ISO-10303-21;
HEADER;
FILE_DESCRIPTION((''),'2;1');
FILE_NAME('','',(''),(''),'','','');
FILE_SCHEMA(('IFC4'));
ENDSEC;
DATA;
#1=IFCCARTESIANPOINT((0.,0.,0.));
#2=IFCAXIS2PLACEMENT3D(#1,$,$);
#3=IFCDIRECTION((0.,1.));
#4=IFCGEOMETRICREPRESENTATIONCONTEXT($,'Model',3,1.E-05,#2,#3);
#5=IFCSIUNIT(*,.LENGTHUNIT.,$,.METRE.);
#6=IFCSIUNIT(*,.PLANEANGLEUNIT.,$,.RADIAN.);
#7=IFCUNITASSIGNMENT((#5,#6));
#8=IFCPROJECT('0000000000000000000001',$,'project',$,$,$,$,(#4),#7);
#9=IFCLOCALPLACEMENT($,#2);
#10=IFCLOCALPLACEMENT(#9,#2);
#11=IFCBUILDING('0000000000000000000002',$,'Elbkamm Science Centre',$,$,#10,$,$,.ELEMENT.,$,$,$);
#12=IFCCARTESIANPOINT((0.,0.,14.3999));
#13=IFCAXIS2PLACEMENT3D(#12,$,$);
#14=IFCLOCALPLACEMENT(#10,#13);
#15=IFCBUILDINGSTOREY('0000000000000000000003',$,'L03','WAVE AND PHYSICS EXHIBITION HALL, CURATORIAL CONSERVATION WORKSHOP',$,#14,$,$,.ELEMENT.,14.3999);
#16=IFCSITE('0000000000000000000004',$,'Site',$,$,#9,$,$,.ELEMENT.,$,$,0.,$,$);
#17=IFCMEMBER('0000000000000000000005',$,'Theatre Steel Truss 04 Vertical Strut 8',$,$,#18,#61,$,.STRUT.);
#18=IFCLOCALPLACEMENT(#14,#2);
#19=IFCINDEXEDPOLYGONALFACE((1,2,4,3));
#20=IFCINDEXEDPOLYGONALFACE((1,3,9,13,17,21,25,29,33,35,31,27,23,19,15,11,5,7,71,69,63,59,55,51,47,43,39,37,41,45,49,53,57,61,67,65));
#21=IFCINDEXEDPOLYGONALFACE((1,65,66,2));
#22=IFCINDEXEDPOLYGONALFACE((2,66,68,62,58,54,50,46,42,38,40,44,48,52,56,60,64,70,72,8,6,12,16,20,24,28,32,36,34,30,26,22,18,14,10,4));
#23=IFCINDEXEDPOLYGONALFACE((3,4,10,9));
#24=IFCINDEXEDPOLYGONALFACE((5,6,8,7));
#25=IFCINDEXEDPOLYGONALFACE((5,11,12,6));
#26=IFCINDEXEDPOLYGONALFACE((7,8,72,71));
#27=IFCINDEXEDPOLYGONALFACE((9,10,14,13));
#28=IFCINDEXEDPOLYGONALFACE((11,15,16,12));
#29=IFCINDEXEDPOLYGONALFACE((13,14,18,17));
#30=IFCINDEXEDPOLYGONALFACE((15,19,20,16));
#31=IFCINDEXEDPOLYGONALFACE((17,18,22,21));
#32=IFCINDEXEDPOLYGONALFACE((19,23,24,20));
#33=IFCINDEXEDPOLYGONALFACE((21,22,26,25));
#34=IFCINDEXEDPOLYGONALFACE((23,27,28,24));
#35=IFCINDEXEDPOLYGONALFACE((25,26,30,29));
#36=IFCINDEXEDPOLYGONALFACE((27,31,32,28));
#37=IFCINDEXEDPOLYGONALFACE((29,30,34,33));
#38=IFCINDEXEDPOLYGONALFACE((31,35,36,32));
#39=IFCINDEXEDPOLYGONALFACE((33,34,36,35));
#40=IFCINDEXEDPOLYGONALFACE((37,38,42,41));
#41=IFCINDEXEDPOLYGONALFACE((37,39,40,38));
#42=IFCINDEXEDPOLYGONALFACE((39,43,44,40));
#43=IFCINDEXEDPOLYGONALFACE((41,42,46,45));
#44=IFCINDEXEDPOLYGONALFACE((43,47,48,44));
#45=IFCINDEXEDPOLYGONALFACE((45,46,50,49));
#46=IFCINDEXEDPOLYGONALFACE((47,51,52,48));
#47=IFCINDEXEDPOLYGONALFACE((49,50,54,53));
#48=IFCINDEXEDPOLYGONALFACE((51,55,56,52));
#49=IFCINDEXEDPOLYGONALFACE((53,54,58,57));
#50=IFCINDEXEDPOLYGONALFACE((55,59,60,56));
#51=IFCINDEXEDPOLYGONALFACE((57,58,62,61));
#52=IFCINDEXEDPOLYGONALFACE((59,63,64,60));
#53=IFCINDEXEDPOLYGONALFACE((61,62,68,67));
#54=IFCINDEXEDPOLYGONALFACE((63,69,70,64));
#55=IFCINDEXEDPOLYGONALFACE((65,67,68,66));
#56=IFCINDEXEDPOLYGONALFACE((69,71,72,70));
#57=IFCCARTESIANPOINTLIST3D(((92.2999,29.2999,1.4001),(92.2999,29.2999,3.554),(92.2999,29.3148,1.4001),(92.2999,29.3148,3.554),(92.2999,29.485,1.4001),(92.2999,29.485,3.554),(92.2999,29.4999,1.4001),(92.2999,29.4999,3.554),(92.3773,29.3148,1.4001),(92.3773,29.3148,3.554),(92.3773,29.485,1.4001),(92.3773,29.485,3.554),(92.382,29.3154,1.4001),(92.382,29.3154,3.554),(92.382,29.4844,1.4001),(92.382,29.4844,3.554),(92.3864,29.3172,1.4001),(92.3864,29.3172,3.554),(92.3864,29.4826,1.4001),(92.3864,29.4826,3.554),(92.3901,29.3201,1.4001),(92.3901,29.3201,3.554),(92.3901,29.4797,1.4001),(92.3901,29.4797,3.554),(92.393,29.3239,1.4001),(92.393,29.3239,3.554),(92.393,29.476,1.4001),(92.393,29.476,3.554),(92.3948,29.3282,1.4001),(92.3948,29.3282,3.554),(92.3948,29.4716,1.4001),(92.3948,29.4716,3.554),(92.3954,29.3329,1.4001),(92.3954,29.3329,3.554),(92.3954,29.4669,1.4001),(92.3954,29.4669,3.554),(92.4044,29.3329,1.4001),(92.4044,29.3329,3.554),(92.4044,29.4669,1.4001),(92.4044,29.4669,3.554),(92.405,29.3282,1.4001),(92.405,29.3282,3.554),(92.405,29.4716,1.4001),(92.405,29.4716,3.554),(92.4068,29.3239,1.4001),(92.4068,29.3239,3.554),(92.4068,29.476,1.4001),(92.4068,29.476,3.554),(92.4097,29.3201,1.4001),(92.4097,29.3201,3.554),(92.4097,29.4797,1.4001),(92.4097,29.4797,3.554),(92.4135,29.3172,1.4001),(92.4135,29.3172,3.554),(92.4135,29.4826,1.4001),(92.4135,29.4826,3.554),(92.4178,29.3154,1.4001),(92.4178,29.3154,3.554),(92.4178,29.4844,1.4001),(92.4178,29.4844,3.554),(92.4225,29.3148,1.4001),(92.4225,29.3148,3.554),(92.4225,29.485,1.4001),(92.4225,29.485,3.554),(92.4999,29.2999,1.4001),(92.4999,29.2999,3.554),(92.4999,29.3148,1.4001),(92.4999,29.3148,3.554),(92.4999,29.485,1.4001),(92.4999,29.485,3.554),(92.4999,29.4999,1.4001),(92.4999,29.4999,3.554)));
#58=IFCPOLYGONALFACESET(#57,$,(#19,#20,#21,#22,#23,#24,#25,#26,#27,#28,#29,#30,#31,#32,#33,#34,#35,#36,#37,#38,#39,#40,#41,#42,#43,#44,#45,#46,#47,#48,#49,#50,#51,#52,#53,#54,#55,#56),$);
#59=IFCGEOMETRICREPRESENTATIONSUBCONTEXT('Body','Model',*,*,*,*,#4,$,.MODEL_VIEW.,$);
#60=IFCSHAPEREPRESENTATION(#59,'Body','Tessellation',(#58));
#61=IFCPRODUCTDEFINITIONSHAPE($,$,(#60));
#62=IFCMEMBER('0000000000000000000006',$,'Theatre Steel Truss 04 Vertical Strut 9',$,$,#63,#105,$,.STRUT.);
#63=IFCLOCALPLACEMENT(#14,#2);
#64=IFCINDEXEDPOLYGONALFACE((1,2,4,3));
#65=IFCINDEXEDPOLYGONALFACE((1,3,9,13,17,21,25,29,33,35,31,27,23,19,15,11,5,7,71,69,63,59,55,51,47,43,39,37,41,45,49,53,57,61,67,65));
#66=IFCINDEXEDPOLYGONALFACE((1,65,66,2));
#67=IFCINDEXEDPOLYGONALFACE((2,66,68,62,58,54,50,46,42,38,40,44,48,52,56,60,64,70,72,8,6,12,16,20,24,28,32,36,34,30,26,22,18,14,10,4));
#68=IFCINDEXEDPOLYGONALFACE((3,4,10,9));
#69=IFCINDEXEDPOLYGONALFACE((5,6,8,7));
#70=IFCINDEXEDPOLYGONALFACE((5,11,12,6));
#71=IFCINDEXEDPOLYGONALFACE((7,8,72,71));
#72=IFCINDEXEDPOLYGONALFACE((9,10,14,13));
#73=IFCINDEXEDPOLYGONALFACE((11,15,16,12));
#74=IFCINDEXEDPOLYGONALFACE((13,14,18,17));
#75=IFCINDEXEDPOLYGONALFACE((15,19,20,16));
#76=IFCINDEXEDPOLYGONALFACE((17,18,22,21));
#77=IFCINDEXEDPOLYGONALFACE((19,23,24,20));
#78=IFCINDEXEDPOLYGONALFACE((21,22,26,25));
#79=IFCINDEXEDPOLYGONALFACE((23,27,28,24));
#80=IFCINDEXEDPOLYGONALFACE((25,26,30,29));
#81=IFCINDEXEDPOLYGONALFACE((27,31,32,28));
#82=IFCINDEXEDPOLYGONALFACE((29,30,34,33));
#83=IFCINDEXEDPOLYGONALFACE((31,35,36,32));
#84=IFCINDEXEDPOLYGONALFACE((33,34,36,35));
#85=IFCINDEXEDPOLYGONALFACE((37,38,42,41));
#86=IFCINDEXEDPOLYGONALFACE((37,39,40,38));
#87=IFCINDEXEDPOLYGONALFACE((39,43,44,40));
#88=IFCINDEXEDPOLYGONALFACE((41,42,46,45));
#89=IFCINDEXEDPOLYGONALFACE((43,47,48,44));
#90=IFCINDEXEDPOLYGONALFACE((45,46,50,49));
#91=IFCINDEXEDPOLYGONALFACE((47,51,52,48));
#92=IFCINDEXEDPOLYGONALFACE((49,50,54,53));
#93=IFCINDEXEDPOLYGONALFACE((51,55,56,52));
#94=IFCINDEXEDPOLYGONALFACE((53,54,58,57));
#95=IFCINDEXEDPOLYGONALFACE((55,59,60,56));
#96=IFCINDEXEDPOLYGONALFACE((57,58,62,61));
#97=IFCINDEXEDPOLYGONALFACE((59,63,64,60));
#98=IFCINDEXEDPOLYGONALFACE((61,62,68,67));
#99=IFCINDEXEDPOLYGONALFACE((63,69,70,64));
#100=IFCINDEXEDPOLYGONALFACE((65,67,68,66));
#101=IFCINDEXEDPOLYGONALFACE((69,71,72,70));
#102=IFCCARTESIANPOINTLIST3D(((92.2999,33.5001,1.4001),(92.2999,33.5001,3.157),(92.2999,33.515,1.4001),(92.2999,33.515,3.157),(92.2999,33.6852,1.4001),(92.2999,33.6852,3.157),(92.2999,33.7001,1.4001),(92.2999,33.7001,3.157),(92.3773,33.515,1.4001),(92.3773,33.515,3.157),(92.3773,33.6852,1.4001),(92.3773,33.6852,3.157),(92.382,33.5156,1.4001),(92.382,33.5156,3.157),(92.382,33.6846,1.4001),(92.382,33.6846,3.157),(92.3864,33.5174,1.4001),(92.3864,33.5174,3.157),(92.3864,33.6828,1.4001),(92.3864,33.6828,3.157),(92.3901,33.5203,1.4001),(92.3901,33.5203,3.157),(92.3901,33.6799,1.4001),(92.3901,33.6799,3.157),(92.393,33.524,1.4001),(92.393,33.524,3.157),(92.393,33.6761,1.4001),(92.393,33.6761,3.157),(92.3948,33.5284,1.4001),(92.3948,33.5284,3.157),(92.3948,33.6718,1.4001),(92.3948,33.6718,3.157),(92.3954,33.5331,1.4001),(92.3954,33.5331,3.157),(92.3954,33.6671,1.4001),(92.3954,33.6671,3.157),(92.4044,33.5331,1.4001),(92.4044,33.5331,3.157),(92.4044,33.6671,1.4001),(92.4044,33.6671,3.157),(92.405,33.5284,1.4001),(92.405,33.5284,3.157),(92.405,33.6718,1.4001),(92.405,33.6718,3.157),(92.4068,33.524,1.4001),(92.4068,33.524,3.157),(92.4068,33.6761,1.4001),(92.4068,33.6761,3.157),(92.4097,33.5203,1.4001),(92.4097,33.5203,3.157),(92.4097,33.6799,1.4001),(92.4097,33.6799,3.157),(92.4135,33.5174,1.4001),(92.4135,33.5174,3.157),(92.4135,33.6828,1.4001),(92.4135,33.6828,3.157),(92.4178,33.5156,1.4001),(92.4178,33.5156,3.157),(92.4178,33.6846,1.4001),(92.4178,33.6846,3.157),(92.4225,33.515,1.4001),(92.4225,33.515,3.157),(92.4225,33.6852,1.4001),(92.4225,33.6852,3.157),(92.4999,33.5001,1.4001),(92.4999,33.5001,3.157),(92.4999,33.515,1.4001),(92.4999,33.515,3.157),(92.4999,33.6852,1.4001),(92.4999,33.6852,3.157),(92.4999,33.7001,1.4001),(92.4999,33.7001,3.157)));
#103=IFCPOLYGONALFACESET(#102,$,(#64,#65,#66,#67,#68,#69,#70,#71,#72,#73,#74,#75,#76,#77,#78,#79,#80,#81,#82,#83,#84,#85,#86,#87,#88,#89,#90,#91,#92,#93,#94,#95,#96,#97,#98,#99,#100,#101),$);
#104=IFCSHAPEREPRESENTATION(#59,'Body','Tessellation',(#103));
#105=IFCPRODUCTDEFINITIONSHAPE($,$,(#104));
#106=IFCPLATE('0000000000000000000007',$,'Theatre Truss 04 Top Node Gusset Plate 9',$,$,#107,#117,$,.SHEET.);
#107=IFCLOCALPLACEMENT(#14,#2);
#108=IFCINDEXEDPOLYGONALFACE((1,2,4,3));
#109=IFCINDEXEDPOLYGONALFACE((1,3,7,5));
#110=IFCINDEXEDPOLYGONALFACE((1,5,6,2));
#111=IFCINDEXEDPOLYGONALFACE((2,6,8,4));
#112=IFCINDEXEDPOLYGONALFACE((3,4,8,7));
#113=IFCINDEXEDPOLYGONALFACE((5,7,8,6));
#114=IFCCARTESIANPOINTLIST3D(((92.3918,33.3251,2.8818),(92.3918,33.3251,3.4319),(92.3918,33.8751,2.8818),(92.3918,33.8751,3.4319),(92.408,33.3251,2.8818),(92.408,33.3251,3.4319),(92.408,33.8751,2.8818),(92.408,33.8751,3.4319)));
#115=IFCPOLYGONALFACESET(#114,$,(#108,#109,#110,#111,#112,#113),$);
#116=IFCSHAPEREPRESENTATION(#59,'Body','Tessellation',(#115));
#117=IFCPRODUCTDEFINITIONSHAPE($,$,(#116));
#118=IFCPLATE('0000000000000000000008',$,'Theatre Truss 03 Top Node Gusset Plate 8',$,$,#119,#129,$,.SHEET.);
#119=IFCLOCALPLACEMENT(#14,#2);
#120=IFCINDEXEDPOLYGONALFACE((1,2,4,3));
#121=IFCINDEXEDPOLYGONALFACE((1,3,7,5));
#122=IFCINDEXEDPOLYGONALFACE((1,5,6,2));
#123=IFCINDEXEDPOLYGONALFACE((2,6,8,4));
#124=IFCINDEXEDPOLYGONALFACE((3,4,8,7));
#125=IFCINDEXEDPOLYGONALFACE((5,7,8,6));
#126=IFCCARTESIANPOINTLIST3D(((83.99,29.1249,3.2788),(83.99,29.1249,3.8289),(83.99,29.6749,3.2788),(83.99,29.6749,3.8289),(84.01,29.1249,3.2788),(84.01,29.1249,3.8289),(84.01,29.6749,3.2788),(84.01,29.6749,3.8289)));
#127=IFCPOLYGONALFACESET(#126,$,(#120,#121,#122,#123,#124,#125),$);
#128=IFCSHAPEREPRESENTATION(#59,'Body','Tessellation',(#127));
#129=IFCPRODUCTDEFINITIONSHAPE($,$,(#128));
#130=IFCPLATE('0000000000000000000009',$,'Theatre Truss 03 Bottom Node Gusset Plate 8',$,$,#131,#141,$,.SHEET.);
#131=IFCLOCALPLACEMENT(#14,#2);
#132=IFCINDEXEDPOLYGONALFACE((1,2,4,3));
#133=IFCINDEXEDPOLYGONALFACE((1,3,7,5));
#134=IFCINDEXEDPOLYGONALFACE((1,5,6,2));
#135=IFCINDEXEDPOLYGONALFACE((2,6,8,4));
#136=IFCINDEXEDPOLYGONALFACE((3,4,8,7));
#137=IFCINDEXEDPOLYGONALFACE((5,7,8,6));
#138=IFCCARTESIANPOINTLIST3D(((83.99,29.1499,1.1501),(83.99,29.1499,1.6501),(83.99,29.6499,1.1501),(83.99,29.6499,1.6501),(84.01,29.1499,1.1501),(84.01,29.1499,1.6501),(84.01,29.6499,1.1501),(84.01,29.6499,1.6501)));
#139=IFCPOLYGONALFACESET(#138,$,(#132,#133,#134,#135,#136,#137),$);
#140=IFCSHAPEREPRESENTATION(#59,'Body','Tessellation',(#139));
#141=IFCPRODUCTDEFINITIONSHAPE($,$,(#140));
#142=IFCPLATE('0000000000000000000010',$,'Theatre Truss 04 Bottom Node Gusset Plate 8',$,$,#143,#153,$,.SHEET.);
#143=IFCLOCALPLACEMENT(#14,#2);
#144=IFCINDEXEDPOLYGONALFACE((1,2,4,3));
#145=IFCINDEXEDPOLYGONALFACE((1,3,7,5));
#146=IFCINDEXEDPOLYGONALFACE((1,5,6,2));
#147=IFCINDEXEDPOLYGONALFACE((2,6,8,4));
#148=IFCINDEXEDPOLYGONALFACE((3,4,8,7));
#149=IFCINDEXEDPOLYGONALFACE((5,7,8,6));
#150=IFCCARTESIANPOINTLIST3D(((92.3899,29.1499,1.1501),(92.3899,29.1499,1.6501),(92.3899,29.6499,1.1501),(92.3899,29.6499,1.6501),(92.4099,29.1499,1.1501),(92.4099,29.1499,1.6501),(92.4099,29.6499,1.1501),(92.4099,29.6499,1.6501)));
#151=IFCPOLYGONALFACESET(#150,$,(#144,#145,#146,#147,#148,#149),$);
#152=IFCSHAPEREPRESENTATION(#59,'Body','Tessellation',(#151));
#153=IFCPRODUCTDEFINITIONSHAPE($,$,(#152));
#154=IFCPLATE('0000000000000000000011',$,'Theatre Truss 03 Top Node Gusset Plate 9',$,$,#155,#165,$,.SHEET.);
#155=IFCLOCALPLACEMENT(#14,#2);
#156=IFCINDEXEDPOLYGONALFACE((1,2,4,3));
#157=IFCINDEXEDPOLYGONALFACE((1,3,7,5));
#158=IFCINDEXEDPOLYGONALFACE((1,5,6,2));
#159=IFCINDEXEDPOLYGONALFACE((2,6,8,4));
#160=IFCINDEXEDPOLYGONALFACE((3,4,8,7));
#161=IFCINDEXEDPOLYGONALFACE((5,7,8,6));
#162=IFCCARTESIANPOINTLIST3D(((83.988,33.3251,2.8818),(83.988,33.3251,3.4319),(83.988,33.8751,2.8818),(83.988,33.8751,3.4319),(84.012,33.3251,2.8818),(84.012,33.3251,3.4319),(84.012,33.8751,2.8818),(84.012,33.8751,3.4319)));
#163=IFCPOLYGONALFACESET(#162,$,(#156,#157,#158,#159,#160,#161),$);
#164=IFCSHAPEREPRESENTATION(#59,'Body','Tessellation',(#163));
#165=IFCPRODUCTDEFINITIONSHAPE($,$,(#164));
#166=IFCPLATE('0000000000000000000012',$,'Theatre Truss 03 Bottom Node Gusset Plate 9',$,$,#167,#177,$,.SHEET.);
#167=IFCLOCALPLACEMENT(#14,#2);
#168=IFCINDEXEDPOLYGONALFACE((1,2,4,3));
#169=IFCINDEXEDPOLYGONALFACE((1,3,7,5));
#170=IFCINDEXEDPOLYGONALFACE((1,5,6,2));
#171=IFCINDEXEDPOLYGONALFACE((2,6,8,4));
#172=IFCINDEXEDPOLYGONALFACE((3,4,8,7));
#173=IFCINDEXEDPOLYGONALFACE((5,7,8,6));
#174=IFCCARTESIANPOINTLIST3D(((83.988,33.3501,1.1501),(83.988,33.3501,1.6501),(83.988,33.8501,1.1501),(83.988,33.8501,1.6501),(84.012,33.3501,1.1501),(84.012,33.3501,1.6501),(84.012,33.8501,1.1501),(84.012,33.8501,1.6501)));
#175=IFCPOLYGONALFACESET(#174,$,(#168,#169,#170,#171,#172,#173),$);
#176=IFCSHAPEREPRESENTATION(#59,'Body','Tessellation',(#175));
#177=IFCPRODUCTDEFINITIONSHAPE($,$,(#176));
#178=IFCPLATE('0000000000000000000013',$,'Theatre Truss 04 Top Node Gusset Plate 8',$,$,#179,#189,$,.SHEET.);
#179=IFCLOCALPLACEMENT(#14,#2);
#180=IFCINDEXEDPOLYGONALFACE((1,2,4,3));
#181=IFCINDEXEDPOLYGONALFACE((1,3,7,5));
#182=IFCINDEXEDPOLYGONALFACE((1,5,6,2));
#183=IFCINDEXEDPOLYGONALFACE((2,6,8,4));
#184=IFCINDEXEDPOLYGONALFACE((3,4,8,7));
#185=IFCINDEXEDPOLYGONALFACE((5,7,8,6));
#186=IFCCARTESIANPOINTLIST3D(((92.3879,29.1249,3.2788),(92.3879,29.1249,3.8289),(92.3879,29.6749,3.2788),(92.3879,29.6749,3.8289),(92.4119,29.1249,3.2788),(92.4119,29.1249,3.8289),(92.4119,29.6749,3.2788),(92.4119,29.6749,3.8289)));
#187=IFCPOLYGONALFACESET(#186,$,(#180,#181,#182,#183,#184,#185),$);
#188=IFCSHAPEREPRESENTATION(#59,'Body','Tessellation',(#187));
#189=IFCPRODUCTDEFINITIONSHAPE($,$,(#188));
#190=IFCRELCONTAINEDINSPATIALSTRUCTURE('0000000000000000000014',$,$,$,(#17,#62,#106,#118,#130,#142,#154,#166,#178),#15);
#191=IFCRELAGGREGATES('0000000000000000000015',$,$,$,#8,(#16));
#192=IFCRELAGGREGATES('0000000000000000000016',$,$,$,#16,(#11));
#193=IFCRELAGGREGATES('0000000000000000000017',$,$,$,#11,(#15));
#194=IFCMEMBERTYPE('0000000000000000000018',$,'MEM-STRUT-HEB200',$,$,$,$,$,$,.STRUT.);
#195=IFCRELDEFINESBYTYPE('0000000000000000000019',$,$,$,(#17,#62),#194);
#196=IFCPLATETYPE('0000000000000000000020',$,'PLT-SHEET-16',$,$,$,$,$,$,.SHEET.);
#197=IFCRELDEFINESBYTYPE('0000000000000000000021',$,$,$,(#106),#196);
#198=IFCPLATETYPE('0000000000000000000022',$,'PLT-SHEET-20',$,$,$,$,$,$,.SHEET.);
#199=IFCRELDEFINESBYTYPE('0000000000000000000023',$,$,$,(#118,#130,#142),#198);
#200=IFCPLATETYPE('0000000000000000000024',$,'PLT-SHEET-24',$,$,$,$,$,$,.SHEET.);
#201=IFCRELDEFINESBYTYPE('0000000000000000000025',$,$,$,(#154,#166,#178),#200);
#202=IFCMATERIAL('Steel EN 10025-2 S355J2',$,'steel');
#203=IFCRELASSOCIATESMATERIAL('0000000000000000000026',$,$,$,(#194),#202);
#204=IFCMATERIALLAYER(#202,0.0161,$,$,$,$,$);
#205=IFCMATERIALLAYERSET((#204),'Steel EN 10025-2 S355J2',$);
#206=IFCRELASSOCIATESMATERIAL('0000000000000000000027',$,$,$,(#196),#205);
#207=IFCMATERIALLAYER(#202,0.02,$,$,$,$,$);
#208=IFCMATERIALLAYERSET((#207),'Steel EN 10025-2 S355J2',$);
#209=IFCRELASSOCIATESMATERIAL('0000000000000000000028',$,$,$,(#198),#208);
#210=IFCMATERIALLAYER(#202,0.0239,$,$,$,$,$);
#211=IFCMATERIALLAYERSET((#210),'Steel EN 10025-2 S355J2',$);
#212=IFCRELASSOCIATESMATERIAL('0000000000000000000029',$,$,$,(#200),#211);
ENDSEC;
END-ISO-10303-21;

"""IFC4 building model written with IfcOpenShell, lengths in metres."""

from ifc_helpers import new_model, si_unit, direction, frame, origin, origin_2d, place, context, subcontext, project, spatial, rectangle, i_section, extrude, material, layer, layer_set, material_profile, profile_set, type_object, element, save


model = new_model("IFC4")

# Units and contexts
model_context = context("Model", 3, precision=1e-05, world=origin(), true_north=direction((0.0, 1.0)))
body_context = subcontext(model_context, "Body", "Model", "MODEL_VIEW")
ifc_project = project(units=[si_unit("LENGTHUNIT", "METRE"), si_unit("PLANEANGLEUNIT", "RADIAN")], contexts=[model_context])

# Site, building, storey
site_placement = place(None, origin())
site = spatial("IfcSite", under=ifc_project, at=site_placement, Name="Site", CompositionType="ELEMENT", RefElevation=0.0)
building_placement = place(site_placement, origin())
building = spatial("IfcBuilding", under=site, at=building_placement, Name="Elbkamm Science Centre", CompositionType="ELEMENT")
storey_placement = place(building_placement, frame((0.0, 0.0, 14.3999)))
storey = spatial("IfcBuildingStorey", under=building, at=storey_placement, Name="L03", Description="WAVE AND PHYSICS EXHIBITION HALL, CURATORIAL CONSERVATION WORKSHOP", CompositionType="ELEMENT", Elevation=14.3999)

# Shared definitions
ifc_material_1 = material(Name="Steel EN 10025-2 S355J2", Category="steel")

# Members
ifc_material_profile_1 = material_profile(ifc_material_1, i_section(OverallWidth=0.2, OverallDepth=0.2, WebThickness=0.009, FlangeThickness=0.0149, FilletRadius=0.0181, at=origin_2d()), Name="HEB 200")
ifc_profile_set_1 = profile_set([ifc_material_profile_1], Name="Steel EN 10025-2 S355J2")
member_type_1 = type_object("IfcMemberType", Name="MEM-STRUT-HEB200", PredefinedType="STRUT", material=ifc_profile_set_1)
member_1_placement = place(storey_placement, frame((92.3999, 29.3999, 1.4001), z_axis=(0.0, 0.0, 1.0), x_axis=(1.0, 0.0, 0.0)))
element("IfcMember", 1, at=member_1_placement, inside=storey, type_object=member_type_1, Name="Theatre Steel Truss 04 Vertical Strut 8", PredefinedType="STRUT", context=body_context, shape_type="SweptSolid", body=[
    extrude(i_section(OverallWidth=0.2, OverallDepth=0.2, WebThickness=0.009, FlangeThickness=0.0149, FilletRadius=0.0181, at=origin_2d()), origin(), (0.0, 0.0, 1.0), 2.1538),
])
member_2_placement = place(storey_placement, frame((92.3999, 33.6001, 1.4001), z_axis=(0.0, 0.0, 1.0), x_axis=(1.0, 0.0, 0.0)))
element("IfcMember", 2, at=member_2_placement, inside=storey, type_object=member_type_1, Name="Theatre Steel Truss 04 Vertical Strut 9", PredefinedType="STRUT", context=body_context, shape_type="SweptSolid", body=[
    extrude(i_section(OverallWidth=0.2, OverallDepth=0.2, WebThickness=0.009, FlangeThickness=0.0149, FilletRadius=0.0181, at=origin_2d()), origin(), (0.0, 0.0, 1.0), 1.7568),
])

# Plates
ifc_layer_1 = layer(ifc_material_1, 0.0161)
ifc_layer_set_1 = layer_set([ifc_layer_1], Name="Steel EN 10025-2 S355J2")
plate_type_1 = type_object("IfcPlateType", Name="PLT-SHEET-16", PredefinedType="SHEET", material=ifc_layer_set_1)
plate_1_placement = place(storey_placement, frame((92.3999, 33.6001, 2.8818), z_axis=(0.0, 0.0, 1.0), x_axis=(1.0, 0.0, 0.0)))
element("IfcPlate", 3, at=plate_1_placement, inside=storey, type_object=plate_type_1, Name="Theatre Truss 04 Top Node Gusset Plate 9", PredefinedType="SHEET", context=body_context, shape_type="SweptSolid", body=[
    extrude(rectangle(XDim=0.0161, YDim=0.55, at=origin_2d()), origin(), (0.0, 0.0, 1.0), 0.55),
])
ifc_layer_2 = layer(ifc_material_1, 0.02)
ifc_layer_set_2 = layer_set([ifc_layer_2], Name="Steel EN 10025-2 S355J2")
plate_type_2 = type_object("IfcPlateType", Name="PLT-SHEET-20", PredefinedType="SHEET", material=ifc_layer_set_2)
plate_2_placement = place(storey_placement, frame((84.0, 29.3999, 3.2788), z_axis=(0.0, 0.0, 1.0), x_axis=(1.0, 0.0, 0.0)))
element("IfcPlate", 4, at=plate_2_placement, inside=storey, type_object=plate_type_2, Name="Theatre Truss 03 Top Node Gusset Plate 8", PredefinedType="SHEET", context=body_context, shape_type="SweptSolid", body=[
    extrude(rectangle(XDim=0.02, YDim=0.55, at=origin_2d()), origin(), (0.0, 0.0, 1.0), 0.55),
])
for number, where, z_axis, x_axis, name in (
    (5, (84.0, 29.3999, 1.1501), (0.0, 0.0, 1.0), (1.0, 0.0, 0.0), "Theatre Truss 03 Bottom Node Gusset Plate 8"),
    (6, (92.3999, 29.3999, 1.1501), (0.0, 0.0, 1.0), (1.0, 0.0, 0.0), "Theatre Truss 04 Bottom Node Gusset Plate 8"),
):
    element("IfcPlate", number, at=place(storey_placement, frame(where, z_axis=z_axis, x_axis=x_axis)), inside=storey, type_object=plate_type_2, Name=name, PredefinedType="SHEET", context=body_context, shape_type="SweptSolid", body=[
        extrude(rectangle(XDim=0.02, YDim=0.5, at=origin_2d()), origin(), (0.0, 0.0, 1.0), 0.5),
    ])
ifc_layer_3 = layer(ifc_material_1, 0.0239)
ifc_layer_set_3 = layer_set([ifc_layer_3], Name="Steel EN 10025-2 S355J2")
plate_type_3 = type_object("IfcPlateType", Name="PLT-SHEET-24", PredefinedType="SHEET", material=ifc_layer_set_3)
plate_3_placement = place(storey_placement, frame((84.0, 33.6001, 2.8818), z_axis=(0.0, 0.0, 1.0), x_axis=(1.0, 0.0, 0.0)))
element("IfcPlate", 7, at=plate_3_placement, inside=storey, type_object=plate_type_3, Name="Theatre Truss 03 Top Node Gusset Plate 9", PredefinedType="SHEET", context=body_context, shape_type="SweptSolid", body=[
    extrude(rectangle(XDim=0.0239, YDim=0.55, at=origin_2d()), origin(), (0.0, 0.0, 1.0), 0.55),
])
plate_4_placement = place(storey_placement, frame((84.0, 33.6001, 1.1501), z_axis=(0.0, 0.0, 1.0), x_axis=(1.0, 0.0, 0.0)))
element("IfcPlate", 8, at=plate_4_placement, inside=storey, type_object=plate_type_3, Name="Theatre Truss 03 Bottom Node Gusset Plate 9", PredefinedType="SHEET", context=body_context, shape_type="SweptSolid", body=[
    extrude(rectangle(XDim=0.0239, YDim=0.5, at=origin_2d()), origin(), (0.0, 0.0, 1.0), 0.5),
])
plate_5_placement = place(storey_placement, frame((92.3999, 29.3999, 3.2788), z_axis=(0.0, 0.0, 1.0), x_axis=(1.0, 0.0, 0.0)))
element("IfcPlate", 9, at=plate_5_placement, inside=storey, type_object=plate_type_3, Name="Theatre Truss 04 Top Node Gusset Plate 8", PredefinedType="SHEET", context=body_context, shape_type="SweptSolid", body=[
    extrude(rectangle(XDim=0.0239, YDim=0.55, at=origin_2d()), origin(), (0.0, 0.0, 1.0), 0.55),
])

save(model, "model.ifc")
